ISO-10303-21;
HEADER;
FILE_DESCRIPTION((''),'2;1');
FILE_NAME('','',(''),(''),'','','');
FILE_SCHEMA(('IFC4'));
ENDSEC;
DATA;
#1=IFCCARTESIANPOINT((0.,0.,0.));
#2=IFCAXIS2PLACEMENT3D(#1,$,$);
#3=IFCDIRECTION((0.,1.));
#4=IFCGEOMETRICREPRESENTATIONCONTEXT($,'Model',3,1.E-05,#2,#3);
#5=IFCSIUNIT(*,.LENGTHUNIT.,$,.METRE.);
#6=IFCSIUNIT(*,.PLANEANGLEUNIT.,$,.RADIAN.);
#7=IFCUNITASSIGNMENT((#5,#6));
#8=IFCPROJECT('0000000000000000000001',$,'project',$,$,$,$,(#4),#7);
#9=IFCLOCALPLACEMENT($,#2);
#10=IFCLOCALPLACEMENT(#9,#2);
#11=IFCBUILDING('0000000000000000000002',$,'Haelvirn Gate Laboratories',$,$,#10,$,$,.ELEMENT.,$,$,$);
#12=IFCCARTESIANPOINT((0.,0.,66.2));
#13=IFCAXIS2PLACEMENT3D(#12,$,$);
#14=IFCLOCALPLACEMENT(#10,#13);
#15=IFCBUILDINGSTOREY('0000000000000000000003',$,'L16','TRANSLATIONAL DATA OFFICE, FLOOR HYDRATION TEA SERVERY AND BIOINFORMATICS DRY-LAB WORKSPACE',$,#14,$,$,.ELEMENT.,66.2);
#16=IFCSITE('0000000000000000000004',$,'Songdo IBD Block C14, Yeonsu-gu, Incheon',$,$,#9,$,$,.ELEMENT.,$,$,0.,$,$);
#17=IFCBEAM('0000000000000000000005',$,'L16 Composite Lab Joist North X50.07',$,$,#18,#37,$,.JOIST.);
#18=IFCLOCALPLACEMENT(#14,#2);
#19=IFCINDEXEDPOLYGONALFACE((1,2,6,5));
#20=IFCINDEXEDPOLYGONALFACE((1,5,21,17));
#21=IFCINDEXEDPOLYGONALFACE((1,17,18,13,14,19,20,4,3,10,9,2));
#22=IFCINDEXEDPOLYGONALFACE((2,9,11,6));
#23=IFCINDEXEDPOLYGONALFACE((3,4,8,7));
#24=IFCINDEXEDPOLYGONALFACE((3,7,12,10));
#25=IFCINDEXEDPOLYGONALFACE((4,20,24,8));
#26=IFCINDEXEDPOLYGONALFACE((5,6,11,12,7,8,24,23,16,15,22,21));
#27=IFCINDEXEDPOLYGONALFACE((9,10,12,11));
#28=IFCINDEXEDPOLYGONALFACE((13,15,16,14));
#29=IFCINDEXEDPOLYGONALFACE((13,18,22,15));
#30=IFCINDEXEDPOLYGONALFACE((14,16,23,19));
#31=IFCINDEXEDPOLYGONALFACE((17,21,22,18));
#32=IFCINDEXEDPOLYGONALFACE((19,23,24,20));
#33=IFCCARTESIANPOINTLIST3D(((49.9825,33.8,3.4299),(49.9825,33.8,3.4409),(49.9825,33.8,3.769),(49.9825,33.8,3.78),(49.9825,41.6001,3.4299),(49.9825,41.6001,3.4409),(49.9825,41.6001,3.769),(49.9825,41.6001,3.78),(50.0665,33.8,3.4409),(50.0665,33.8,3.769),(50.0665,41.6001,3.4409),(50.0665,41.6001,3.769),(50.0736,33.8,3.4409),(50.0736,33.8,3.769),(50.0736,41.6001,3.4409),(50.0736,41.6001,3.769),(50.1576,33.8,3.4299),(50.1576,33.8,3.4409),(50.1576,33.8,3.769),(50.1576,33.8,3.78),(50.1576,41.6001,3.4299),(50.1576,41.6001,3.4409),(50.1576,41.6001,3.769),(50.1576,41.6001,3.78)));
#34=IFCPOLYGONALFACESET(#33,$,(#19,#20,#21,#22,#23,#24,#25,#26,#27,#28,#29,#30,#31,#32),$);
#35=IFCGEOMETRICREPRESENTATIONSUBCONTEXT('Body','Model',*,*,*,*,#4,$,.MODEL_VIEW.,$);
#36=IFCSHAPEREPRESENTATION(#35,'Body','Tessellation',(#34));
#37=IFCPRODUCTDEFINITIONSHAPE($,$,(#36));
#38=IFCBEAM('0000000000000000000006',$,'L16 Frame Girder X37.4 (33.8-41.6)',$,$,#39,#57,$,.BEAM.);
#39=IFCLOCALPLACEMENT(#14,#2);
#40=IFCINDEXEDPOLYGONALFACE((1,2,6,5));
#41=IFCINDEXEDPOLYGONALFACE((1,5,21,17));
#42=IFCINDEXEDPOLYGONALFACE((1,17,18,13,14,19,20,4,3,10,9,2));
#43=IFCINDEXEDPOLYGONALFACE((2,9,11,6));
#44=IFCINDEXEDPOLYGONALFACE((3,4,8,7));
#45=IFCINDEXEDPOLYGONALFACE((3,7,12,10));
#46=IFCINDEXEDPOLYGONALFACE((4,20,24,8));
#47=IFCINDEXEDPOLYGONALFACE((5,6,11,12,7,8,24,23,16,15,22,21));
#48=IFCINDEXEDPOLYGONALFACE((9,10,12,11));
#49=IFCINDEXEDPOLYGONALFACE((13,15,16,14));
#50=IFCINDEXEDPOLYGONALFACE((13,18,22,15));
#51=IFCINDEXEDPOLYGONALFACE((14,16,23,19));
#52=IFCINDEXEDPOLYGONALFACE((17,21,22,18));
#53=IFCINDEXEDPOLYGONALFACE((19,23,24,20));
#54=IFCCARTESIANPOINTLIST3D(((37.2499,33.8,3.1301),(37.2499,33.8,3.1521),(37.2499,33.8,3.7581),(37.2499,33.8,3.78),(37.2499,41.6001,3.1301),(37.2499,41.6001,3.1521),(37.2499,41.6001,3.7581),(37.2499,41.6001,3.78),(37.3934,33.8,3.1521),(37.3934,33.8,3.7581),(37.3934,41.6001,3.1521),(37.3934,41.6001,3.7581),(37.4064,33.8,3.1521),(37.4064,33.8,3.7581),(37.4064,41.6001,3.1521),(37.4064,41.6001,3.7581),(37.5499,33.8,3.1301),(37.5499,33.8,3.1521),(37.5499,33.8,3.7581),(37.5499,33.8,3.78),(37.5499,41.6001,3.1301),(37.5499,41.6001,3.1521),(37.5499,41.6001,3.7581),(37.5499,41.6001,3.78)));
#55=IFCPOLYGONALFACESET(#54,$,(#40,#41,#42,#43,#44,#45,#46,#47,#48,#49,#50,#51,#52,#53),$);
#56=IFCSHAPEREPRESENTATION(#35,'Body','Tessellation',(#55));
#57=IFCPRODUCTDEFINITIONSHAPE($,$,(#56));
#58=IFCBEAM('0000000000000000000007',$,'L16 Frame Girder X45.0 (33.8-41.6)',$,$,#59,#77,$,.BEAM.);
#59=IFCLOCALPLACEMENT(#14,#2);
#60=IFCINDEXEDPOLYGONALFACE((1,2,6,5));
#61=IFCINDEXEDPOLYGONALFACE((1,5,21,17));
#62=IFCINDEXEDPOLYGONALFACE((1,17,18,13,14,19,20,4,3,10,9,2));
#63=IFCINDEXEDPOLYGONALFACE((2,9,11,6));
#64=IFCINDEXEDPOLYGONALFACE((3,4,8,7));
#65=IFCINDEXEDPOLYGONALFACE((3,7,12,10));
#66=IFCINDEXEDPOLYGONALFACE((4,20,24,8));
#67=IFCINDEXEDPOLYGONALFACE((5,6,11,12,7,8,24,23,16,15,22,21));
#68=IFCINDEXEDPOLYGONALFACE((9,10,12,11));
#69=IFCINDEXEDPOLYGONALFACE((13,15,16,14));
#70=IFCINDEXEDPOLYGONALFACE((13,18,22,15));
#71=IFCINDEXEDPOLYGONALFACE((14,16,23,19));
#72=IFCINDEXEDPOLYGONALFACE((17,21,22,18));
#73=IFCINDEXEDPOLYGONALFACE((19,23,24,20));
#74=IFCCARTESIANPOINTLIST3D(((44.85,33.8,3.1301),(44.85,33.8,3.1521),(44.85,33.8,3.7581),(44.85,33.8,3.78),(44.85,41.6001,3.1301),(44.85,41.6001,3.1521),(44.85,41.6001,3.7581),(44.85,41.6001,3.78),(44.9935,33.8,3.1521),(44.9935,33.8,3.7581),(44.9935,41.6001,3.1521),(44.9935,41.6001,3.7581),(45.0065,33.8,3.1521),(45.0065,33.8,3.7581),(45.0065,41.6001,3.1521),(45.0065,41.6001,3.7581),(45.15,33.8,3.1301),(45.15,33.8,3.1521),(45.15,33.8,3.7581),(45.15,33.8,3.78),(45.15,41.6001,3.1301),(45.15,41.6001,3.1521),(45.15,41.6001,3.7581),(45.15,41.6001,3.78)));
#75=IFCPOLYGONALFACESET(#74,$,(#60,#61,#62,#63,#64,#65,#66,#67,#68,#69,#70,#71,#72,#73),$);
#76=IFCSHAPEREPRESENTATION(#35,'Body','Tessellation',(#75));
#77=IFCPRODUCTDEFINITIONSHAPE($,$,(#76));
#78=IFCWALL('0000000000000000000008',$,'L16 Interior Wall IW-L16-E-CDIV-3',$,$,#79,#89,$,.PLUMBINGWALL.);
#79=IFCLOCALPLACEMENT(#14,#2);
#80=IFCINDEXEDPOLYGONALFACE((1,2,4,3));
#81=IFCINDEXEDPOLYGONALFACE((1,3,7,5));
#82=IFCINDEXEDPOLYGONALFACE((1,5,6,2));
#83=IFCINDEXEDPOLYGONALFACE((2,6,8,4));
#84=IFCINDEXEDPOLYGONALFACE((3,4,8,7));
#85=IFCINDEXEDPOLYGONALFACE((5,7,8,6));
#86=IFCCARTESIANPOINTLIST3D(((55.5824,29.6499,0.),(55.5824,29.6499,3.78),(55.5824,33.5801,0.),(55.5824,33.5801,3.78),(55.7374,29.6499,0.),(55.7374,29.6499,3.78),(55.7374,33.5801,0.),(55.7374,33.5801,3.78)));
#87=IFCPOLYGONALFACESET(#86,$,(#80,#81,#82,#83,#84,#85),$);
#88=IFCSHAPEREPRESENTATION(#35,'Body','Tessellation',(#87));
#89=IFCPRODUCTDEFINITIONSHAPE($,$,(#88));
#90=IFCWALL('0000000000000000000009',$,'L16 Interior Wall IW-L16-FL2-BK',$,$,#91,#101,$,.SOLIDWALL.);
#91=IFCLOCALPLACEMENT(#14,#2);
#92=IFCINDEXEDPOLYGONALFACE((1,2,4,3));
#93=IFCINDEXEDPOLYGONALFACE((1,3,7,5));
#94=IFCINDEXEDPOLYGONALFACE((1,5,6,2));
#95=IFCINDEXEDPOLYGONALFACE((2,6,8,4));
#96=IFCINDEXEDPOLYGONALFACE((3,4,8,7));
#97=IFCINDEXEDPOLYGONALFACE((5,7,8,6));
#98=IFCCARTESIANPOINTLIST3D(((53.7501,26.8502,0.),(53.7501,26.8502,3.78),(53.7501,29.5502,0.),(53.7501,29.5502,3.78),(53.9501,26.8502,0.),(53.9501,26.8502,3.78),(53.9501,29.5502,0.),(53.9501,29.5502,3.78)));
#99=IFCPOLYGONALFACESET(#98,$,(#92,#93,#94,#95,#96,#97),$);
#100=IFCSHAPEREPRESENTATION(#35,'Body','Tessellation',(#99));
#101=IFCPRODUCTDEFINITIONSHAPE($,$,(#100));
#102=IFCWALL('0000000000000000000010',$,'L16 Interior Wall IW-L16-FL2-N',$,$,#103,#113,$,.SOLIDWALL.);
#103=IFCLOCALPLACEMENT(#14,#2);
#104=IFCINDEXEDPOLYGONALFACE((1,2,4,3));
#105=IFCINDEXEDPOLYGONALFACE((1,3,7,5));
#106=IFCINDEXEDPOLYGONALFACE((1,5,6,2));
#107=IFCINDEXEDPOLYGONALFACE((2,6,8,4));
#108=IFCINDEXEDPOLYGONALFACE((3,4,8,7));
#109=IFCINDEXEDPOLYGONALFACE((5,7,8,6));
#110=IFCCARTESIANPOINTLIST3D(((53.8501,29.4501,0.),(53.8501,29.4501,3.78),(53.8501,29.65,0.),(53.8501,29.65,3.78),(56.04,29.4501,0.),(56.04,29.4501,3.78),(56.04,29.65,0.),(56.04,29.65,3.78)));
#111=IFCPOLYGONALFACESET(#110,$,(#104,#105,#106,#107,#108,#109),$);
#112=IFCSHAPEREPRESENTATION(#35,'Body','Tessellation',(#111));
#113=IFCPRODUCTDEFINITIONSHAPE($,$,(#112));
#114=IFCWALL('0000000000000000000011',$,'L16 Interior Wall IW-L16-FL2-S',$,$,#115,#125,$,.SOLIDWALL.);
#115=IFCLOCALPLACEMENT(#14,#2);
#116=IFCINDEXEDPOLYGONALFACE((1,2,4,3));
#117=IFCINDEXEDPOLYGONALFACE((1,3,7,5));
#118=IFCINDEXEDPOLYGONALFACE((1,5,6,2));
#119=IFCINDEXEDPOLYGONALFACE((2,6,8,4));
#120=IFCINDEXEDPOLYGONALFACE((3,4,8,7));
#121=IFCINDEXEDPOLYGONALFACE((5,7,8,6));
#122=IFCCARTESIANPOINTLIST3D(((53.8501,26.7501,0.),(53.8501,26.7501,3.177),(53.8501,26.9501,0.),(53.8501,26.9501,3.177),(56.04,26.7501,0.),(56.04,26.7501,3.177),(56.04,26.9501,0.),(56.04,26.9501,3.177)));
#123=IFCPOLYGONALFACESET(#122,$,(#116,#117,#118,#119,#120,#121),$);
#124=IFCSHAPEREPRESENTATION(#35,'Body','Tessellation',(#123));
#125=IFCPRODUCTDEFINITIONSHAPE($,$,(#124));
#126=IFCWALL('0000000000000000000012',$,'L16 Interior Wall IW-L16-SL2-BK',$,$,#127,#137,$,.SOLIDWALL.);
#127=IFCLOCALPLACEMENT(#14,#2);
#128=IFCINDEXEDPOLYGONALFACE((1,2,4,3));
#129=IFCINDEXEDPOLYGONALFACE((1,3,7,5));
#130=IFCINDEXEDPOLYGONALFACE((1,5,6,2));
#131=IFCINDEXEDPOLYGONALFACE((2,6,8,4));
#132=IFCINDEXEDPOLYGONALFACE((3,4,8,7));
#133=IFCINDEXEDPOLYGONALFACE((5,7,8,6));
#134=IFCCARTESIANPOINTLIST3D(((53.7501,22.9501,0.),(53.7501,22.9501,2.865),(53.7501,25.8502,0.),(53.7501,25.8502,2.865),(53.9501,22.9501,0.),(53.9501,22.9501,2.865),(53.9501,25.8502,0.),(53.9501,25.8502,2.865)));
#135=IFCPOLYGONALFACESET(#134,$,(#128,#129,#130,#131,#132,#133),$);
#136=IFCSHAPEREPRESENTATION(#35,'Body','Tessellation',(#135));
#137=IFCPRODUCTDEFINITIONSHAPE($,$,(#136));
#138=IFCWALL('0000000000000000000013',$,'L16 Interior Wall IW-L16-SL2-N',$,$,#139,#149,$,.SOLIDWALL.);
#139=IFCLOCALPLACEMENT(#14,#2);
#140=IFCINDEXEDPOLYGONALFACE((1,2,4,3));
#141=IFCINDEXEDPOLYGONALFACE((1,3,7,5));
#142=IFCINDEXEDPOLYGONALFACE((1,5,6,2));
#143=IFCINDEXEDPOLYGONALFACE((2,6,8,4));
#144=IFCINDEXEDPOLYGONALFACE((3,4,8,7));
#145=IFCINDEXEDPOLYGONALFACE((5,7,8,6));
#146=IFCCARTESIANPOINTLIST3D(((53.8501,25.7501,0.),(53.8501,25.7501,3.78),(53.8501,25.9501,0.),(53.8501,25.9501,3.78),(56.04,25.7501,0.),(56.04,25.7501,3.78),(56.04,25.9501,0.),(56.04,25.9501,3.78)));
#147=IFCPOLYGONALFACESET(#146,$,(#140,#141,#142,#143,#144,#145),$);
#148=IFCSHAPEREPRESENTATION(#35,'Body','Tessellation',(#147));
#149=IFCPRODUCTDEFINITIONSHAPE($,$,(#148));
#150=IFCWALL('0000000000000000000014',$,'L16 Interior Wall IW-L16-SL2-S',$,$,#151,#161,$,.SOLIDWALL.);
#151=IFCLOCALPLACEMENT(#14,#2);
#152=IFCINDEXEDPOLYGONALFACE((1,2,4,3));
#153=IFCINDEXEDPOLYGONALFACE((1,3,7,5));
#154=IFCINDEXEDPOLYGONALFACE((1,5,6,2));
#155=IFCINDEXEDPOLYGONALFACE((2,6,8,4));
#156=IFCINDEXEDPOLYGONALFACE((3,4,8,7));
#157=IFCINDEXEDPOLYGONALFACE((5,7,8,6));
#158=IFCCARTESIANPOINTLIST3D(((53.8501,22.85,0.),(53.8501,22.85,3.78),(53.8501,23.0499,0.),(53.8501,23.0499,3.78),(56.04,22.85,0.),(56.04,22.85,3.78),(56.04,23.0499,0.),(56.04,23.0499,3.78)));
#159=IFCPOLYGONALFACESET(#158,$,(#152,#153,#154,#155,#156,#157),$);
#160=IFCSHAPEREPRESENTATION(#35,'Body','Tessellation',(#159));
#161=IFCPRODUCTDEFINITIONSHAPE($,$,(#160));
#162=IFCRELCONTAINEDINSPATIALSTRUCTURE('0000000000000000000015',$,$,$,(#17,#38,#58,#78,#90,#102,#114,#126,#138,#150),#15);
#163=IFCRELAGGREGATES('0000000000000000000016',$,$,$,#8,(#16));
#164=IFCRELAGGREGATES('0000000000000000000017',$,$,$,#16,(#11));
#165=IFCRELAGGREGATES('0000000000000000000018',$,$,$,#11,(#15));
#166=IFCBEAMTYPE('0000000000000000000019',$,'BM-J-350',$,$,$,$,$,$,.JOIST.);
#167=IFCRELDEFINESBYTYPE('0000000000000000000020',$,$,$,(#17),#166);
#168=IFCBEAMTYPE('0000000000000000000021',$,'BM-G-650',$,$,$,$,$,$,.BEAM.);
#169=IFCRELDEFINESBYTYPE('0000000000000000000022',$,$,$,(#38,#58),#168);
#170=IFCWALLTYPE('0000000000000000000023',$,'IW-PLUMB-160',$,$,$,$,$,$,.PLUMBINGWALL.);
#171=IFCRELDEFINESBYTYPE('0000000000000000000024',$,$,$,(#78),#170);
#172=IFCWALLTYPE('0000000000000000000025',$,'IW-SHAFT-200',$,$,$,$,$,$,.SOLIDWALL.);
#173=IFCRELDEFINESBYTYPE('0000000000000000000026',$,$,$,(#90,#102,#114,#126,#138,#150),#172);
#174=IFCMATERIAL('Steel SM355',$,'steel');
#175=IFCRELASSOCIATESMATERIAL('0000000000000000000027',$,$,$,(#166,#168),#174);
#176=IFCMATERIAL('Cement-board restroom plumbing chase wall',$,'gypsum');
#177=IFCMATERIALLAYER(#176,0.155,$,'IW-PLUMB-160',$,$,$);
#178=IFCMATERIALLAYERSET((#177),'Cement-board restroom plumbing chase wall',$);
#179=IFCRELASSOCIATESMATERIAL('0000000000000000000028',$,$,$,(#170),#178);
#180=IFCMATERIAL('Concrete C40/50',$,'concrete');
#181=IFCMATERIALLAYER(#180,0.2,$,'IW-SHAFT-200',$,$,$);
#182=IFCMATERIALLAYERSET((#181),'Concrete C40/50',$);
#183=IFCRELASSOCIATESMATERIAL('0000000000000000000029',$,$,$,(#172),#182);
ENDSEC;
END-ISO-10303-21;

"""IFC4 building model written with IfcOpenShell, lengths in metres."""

from ifc_helpers import new_model, si_unit, direction, frame, frame_2d, origin, origin_2d, place, context, subcontext, project, spatial, rectangle, i_section, extrude, source, transform, mapped, material, layer, layer_set, material_profile, profile_set, type_object, type_shapes, element, save


model = new_model("IFC4")

# Units and contexts
model_context = context("Model", 3, precision=1e-05, world=origin(), true_north=direction((0.0, 1.0)))
body_context = subcontext(model_context, "Body", "Model", "MODEL_VIEW")
ifc_project = project(units=[si_unit("LENGTHUNIT", "METRE"), si_unit("PLANEANGLEUNIT", "RADIAN")], contexts=[model_context])

# Site, building, storey
site_placement = place(None, origin())
site = spatial("IfcSite", under=ifc_project, at=site_placement, Name="Songdo IBD Block C14, Yeonsu-gu, Incheon", CompositionType="ELEMENT", RefElevation=0.0)
building_placement = place(site_placement, origin())
building = spatial("IfcBuilding", under=site, at=building_placement, Name="Haelvirn Gate Laboratories", CompositionType="ELEMENT")
storey_placement = place(building_placement, frame((0.0, 0.0, 66.2)))
storey = spatial("IfcBuildingStorey", under=building, at=storey_placement, Name="L16", Description="TRANSLATIONAL DATA OFFICE, FLOOR HYDRATION TEA SERVERY AND BIOINFORMATICS DRY-LAB WORKSPACE", CompositionType="ELEMENT", Elevation=66.2)

# Beams
ifc_material_1 = material(Name="Steel SM355", Category="steel")
ifc_material_profile_1 = material_profile(ifc_material_1, i_section(OverallWidth=0.175, OverallDepth=0.3501, WebThickness=0.0071, FlangeThickness=0.011, at=origin_2d()), Name="H-350x175x7x11")
ifc_profile_set_1 = profile_set([ifc_material_profile_1], Name="Steel SM355")
beam_type_1 = type_object("IfcBeamType", Name="BM-J-350", PredefinedType="JOIST", material=ifc_profile_set_1)
shared_shape_1 = source(origin(), body_context, "Body", "SweptSolid", [
    extrude(i_section(OverallWidth=0.175, OverallDepth=0.3501, WebThickness=0.0071, FlangeThickness=0.011, at=origin_2d()), origin(), (0.0, 0.0, 1.0), 7.8),
])
type_shapes(beam_type_1, [shared_shape_1])
for number, where, z_axis, x_axis, name in (
    (1, (50.0701, 33.8, 3.605), (0.0, 1.0, 0.0), (-1.0, 0.0, 0.0), "L16 Composite Lab Joist North X50.07"),
):
    element("IfcBeam", number, at=place(storey_placement, frame(where, z_axis=z_axis, x_axis=x_axis)), inside=storey, type_object=beam_type_1, Name=name, PredefinedType="JOIST", context=body_context, shape_type="MappedRepresentation", body=[
        mapped(shared_shape_1, transform((0.0, 0.0, 0.0), scale=1.0)),
    ])
ifc_material_profile_2 = material_profile(ifc_material_1, i_section(OverallWidth=0.3, OverallDepth=0.6499, WebThickness=0.0129, FlangeThickness=0.022, at=origin_2d()), Name="H-650x300x13x22")
ifc_profile_set_2 = profile_set([ifc_material_profile_2], Name="Steel SM355")
beam_type_2 = type_object("IfcBeamType", Name="BM-G-650", PredefinedType="BEAM", material=ifc_profile_set_2)
shared_shape_2 = source(origin(), body_context, "Body", "SweptSolid", [
    extrude(i_section(OverallWidth=0.3, OverallDepth=0.6499, WebThickness=0.0129, FlangeThickness=0.022, at=origin_2d()), origin(), (0.0, 0.0, 1.0), 7.8),
])
type_shapes(beam_type_2, [shared_shape_2])
for number, where, z_axis, x_axis, name in (
    (2, (37.3999, 33.8, 3.4551), (0.0, 1.0, 0.0), (-1.0, 0.0, 0.0), "L16 Frame Girder X37.4 (33.8-41.6)"),
    (3, (45.0, 33.8, 3.4551), (0.0, 1.0, 0.0), (-1.0, 0.0, 0.0), "L16 Frame Girder X45.0 (33.8-41.6)"),
):
    element("IfcBeam", number, at=place(storey_placement, frame(where, z_axis=z_axis, x_axis=x_axis)), inside=storey, type_object=beam_type_2, Name=name, PredefinedType="BEAM", context=body_context, shape_type="MappedRepresentation", body=[
        mapped(shared_shape_2, transform((0.0, 0.0, 0.0), scale=1.0)),
    ])

# Walls
ifc_material_2 = material(Name="Cement-board restroom plumbing chase wall", Category="gypsum")
ifc_layer_1 = layer(ifc_material_2, 0.155, Name="IW-PLUMB-160")
ifc_layer_set_1 = layer_set([ifc_layer_1], Name="Cement-board restroom plumbing chase wall")
wall_type_1 = type_object("IfcWallType", Name="IW-PLUMB-160", PredefinedType="PLUMBINGWALL", material=ifc_layer_set_1)
wall_1_placement = place(storey_placement, frame((55.6599, 29.6499, 0.0), z_axis=(0.0, 0.0, 1.0), x_axis=(0.0, 1.0, 0.0)))
element("IfcWall", 4, at=wall_1_placement, inside=storey, type_object=wall_type_1, Name="L16 Interior Wall IW-L16-E-CDIV-3", PredefinedType="PLUMBINGWALL", context=body_context, shape_type="SweptSolid", body=[
    extrude(rectangle(XDim=3.9302, YDim=0.155, at=frame_2d((1.9651, 0.0))), origin(), (0.0, 0.0, 1.0), 3.78),
])
ifc_material_3 = material(Name="Concrete C40/50", Category="concrete")
ifc_layer_2 = layer(ifc_material_3, 0.2, Name="IW-SHAFT-200")
ifc_layer_set_2 = layer_set([ifc_layer_2], Name="Concrete C40/50")
wall_type_2 = type_object("IfcWallType", Name="IW-SHAFT-200", PredefinedType="SOLIDWALL", material=ifc_layer_set_2)
wall_2_placement = place(storey_placement, frame((53.8501, 26.8501, 0.0), z_axis=(0.0, 0.0, 1.0), x_axis=(0.0, 1.0, 0.0)))
element("IfcWall", 5, at=wall_2_placement, inside=storey, type_object=wall_type_2, Name="L16 Interior Wall IW-L16-FL2-BK", PredefinedType="SOLIDWALL", context=body_context, shape_type="SweptSolid", body=[
    extrude(rectangle(XDim=2.7, YDim=0.2, at=frame_2d((1.3501, 0.0))), origin(), (0.0, 0.0, 1.0), 3.78),
])
wall_3_placement = place(storey_placement, frame((53.8501, 29.55, 0.0), z_axis=(0.0, 0.0, 1.0), x_axis=(1.0, 0.0, 0.0)))
element("IfcWall", 6, at=wall_3_placement, inside=storey, type_object=wall_type_2, Name="L16 Interior Wall IW-L16-FL2-N", PredefinedType="SOLIDWALL", context=body_context, shape_type="SweptSolid", body=[
    extrude(rectangle(XDim=2.1899, YDim=0.2, at=frame_2d((1.095, 0.0))), origin(), (0.0, 0.0, 1.0), 3.78),
])
wall_4_placement = place(storey_placement, frame((53.8501, 26.8501, 0.0), z_axis=(0.0, 0.0, 1.0), x_axis=(1.0, 0.0, 0.0)))
element("IfcWall", 7, at=wall_4_placement, inside=storey, type_object=wall_type_2, Name="L16 Interior Wall IW-L16-FL2-S", PredefinedType="SOLIDWALL", context=body_context, shape_type="SweptSolid", body=[
    extrude(rectangle(XDim=2.1899, YDim=0.2, at=frame_2d((1.095, 0.0))), origin(), (0.0, 0.0, 1.0), 3.177),
])
wall_5_placement = place(storey_placement, frame((53.8501, 22.95, 0.0), z_axis=(0.0, 0.0, 1.0), x_axis=(0.0, 1.0, 0.0)))
element("IfcWall", 8, at=wall_5_placement, inside=storey, type_object=wall_type_2, Name="L16 Interior Wall IW-L16-SL2-BK", PredefinedType="SOLIDWALL", context=body_context, shape_type="SweptSolid", body=[
    extrude(rectangle(XDim=2.9001, YDim=0.2, at=frame_2d((1.4502, 0.0))), origin(), (0.0, 0.0, 1.0), 2.865),
])
for number, where, z_axis, x_axis, name in (
    (9, (53.8501, 25.8501, 0.0), (0.0, 0.0, 1.0), (1.0, 0.0, 0.0), "L16 Interior Wall IW-L16-SL2-N"),
    (10, (53.8501, 22.95, 0.0), (0.0, 0.0, 1.0), (1.0, 0.0, 0.0), "L16 Interior Wall IW-L16-SL2-S"),
):
    element("IfcWall", number, at=place(storey_placement, frame(where, z_axis=z_axis, x_axis=x_axis)), inside=storey, type_object=wall_type_2, Name=name, PredefinedType="SOLIDWALL", context=body_context, shape_type="SweptSolid", body=[
        extrude(rectangle(XDim=2.1899, YDim=0.2, at=frame_2d((1.095, 0.0))), origin(), (0.0, 0.0, 1.0), 3.78),
    ])

save(model, "model.ifc")
